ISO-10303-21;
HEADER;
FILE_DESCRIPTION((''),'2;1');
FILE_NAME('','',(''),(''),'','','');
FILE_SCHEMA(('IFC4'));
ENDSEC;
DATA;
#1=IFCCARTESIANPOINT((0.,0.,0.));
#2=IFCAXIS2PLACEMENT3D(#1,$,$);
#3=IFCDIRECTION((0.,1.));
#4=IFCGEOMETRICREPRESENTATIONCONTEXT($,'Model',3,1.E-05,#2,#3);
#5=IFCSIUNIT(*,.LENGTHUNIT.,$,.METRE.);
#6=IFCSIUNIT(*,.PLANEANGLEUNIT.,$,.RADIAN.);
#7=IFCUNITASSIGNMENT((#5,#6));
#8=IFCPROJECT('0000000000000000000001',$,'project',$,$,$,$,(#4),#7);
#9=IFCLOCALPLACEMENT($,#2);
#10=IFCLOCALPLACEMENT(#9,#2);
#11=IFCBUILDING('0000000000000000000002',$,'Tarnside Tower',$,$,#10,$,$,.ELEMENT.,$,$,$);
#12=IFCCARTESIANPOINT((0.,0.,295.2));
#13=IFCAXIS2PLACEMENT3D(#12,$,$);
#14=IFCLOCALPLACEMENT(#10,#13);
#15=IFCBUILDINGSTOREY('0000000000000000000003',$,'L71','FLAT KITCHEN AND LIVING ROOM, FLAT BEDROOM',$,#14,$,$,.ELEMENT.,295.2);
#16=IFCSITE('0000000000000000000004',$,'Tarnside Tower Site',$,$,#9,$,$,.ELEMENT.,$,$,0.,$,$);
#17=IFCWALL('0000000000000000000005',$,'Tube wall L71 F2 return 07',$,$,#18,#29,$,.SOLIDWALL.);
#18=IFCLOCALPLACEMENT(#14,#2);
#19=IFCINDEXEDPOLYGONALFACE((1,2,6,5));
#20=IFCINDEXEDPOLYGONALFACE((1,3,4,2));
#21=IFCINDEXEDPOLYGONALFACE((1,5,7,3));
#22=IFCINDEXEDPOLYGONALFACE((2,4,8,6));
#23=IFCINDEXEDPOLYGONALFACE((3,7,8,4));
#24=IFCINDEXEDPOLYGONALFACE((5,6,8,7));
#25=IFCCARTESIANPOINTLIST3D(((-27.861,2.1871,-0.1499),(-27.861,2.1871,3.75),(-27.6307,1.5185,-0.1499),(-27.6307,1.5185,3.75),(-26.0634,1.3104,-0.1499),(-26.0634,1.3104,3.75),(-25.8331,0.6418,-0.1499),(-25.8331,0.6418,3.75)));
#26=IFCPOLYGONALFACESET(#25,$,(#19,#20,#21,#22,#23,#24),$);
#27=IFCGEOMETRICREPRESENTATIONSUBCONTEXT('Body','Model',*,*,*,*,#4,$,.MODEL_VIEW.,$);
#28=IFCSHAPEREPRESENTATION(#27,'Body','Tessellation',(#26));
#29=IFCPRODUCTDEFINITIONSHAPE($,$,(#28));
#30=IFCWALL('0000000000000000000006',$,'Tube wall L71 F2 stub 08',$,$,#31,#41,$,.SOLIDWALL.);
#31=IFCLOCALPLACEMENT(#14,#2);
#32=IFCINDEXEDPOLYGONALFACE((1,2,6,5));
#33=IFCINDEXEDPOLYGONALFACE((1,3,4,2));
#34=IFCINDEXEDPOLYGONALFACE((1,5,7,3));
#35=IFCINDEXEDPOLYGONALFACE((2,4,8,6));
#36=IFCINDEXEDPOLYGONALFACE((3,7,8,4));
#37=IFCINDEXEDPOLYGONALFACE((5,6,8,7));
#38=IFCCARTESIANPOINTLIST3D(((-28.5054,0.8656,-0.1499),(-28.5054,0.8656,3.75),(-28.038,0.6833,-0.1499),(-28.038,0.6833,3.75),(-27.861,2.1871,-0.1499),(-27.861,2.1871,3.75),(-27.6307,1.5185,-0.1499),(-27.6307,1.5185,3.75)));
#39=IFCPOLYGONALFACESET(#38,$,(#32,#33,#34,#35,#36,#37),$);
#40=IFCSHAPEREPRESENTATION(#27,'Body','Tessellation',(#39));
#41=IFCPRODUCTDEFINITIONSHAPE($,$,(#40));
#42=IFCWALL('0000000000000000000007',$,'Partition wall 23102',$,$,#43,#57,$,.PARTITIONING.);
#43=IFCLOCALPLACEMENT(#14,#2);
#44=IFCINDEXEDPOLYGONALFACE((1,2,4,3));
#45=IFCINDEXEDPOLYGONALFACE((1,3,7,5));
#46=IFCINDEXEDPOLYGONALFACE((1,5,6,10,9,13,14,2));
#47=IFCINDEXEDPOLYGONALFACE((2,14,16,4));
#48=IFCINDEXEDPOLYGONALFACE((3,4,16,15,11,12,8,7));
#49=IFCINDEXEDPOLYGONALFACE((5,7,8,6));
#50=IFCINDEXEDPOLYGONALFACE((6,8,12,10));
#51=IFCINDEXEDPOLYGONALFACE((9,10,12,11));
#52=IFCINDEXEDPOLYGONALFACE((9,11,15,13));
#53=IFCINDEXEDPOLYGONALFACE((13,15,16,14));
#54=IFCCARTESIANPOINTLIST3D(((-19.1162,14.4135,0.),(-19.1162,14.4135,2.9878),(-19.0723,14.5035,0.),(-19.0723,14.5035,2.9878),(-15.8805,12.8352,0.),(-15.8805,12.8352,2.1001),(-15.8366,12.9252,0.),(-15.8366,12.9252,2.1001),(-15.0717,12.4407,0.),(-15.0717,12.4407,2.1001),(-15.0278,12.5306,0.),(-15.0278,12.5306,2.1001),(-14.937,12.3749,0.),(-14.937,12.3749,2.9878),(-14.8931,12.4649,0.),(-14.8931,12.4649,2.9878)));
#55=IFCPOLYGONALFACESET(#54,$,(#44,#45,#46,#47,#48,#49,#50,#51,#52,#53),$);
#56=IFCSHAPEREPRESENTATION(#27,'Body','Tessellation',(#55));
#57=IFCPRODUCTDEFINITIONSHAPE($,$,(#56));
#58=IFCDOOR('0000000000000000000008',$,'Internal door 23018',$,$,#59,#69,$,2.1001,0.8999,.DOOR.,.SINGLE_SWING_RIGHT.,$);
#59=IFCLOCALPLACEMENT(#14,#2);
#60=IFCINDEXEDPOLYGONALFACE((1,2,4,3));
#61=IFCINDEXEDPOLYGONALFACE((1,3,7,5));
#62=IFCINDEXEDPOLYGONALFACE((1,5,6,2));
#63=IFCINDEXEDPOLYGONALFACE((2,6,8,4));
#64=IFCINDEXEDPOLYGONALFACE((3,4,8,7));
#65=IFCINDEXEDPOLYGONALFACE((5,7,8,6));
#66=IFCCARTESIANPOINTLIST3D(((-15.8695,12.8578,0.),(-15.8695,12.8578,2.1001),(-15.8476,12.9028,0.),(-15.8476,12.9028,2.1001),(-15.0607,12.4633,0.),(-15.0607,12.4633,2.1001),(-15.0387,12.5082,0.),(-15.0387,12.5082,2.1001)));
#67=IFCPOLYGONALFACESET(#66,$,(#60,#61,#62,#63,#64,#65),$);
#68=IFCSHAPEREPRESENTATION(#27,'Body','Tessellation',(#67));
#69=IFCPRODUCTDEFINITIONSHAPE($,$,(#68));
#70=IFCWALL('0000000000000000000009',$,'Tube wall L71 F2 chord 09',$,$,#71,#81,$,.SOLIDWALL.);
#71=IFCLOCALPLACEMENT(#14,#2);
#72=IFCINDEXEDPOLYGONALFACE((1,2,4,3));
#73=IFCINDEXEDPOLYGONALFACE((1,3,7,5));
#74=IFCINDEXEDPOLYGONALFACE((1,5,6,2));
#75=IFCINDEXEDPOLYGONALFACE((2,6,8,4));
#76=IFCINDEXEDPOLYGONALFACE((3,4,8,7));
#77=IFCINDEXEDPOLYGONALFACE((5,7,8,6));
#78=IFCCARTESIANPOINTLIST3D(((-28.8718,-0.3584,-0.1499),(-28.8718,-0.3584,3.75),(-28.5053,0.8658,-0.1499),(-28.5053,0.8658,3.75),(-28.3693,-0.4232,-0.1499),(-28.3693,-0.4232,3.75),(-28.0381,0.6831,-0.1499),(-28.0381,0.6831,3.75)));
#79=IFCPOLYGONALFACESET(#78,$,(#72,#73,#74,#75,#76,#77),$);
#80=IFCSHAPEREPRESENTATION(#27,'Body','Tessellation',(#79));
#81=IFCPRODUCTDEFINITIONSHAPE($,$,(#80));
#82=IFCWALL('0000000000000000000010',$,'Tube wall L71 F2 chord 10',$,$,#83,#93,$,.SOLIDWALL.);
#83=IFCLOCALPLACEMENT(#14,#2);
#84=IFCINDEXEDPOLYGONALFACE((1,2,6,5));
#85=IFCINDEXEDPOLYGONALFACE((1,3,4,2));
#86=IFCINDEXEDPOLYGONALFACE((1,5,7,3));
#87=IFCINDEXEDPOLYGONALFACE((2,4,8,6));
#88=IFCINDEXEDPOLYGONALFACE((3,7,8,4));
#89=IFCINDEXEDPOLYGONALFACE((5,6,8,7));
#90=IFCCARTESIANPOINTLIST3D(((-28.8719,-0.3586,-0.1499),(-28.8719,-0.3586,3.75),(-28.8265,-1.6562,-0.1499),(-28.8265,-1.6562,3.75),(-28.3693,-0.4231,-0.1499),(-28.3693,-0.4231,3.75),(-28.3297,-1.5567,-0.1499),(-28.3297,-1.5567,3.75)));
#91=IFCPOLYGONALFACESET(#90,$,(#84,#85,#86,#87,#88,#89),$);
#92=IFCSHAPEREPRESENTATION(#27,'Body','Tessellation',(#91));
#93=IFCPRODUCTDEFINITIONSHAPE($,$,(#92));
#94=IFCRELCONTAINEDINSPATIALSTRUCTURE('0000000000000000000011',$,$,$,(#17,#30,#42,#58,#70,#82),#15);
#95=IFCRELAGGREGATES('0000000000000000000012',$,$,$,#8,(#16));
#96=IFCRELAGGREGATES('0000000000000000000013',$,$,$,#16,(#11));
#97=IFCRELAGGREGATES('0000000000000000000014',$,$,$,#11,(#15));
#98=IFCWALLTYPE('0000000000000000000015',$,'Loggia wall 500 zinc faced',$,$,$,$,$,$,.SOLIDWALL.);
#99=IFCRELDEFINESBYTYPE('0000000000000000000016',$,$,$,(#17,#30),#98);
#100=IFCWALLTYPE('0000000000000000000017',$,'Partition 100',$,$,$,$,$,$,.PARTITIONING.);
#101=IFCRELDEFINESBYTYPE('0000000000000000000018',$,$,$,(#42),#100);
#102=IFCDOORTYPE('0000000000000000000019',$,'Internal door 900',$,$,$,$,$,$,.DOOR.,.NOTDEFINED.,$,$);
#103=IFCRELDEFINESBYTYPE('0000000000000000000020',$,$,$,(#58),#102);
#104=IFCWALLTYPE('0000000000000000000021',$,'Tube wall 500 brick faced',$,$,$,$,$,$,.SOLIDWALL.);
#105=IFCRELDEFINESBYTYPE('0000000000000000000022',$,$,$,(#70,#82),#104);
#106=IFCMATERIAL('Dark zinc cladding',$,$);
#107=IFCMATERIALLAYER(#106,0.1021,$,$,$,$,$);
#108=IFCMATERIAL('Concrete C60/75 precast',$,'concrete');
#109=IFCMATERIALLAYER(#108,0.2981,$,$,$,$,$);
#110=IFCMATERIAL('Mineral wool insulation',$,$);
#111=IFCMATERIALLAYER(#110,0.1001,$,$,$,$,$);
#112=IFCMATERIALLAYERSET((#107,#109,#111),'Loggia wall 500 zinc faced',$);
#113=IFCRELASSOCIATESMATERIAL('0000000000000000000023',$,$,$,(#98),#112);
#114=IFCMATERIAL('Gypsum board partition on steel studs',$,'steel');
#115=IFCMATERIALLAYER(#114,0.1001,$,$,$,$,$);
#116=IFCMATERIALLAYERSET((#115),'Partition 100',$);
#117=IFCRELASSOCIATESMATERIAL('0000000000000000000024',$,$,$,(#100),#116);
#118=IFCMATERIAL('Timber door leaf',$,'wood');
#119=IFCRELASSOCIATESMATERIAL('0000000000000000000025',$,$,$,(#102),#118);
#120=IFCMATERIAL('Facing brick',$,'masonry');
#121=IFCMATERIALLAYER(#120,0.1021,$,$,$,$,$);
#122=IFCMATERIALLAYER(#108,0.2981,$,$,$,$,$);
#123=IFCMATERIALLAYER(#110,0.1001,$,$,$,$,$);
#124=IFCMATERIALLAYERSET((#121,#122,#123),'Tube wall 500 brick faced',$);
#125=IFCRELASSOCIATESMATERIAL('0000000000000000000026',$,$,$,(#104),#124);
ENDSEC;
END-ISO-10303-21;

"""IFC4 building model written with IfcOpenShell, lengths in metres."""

from ifc_helpers import new_model, si_unit, direction, frame, frame_2d, origin, place, context, subcontext, project, spatial, polyline, rectangle, outline, extrude, material, layer, layer_set, type_object, element, fill, save


model = new_model("IFC4")

# Units and contexts
model_context = context("Model", 3, precision=1e-05, world=origin(), true_north=direction((0.0, 1.0)))
body_context = subcontext(model_context, "Body", "Model", "MODEL_VIEW")
ifc_project = project(units=[si_unit("LENGTHUNIT", "METRE"), si_unit("PLANEANGLEUNIT", "RADIAN")], contexts=[model_context])

# Site, building, storey
site_placement = place(None, origin())
site = spatial("IfcSite", under=ifc_project, at=site_placement, Name="Tarnside Tower Site", CompositionType="ELEMENT", RefElevation=0.0)
building_placement = place(site_placement, origin())
building = spatial("IfcBuilding", under=site, at=building_placement, Name="Tarnside Tower", CompositionType="ELEMENT")
storey_placement = place(building_placement, frame((0.0, 0.0, 295.2)))
storey = spatial("IfcBuildingStorey", under=building, at=storey_placement, Name="L71", Description="FLAT KITCHEN AND LIVING ROOM, FLAT BEDROOM", CompositionType="ELEMENT", Elevation=295.2)

# Shared definitions
ifc_material_1 = material(Name="Gypsum board partition on steel studs", Category="steel")

# Shared definitions
ifc_material_2 = material(Name="Timber door leaf", Category="wood")

# Walls
ifc_material_3 = material(Name="Dark zinc cladding")
ifc_layer_1 = layer(ifc_material_3, 0.1021)
ifc_material_4 = material(Name="Concrete C60/75 precast", Category="concrete")
ifc_layer_2 = layer(ifc_material_4, 0.2981)
ifc_material_5 = material(Name="Mineral wool insulation")
ifc_layer_3 = layer(ifc_material_5, 0.1001)
ifc_layer_set_1 = layer_set([ifc_layer_1, ifc_layer_2, ifc_layer_3], Name="Loggia wall 500 zinc faced")
wall_type_1 = type_object("IfcWallType", Name="Loggia wall 500 zinc faced", PredefinedType="SOLIDWALL", material=ifc_layer_set_1)
wall_1_placement = place(storey_placement, frame((-25.9482, 0.9761, -0.1499), z_axis=(0.0, 0.0, 1.0), x_axis=(-0.898802, 0.438354, 0.0)))
element("IfcWall", 1, at=wall_1_placement, inside=storey, type_object=wall_type_1, Name="Tube wall L71 F2 return 07", PredefinedType="SOLIDWALL", context=body_context, shape_type="SweptSolid", body=[
    extrude(outline(polyline([(0.25, -0.25), (2.25, -0.25), (1.75, 0.25), (-0.25, 0.25), (0.25, -0.25)])), origin(), (0.0, 0.0, 1.0), 3.8999),
])
wall_2_placement = place(storey_placement, frame((-27.7458, 1.8528, -0.1499), z_axis=(0.0, 0.0, 1.0), x_axis=(-0.438319, -0.898819, 0.0)))
element("IfcWall", 2, at=wall_2_placement, inside=storey, type_object=wall_type_1, Name="Tube wall L71 F2 stub 08", PredefinedType="SOLIDWALL", context=body_context, shape_type="SweptSolid", body=[
    extrude(outline(polyline([(-0.25, -0.25), (1.2202, -0.25), (1.1792, 0.25), (0.25, 0.25), (-0.25, -0.25)])), origin(), (0.0, 0.0, 1.0), 3.8999),
])

# Wall, opening, door
ifc_layer_4 = layer(ifc_material_1, 0.1001)
ifc_layer_set_2 = layer_set([ifc_layer_4], Name="Partition 100")
wall_type_2 = type_object("IfcWallType", Name="Partition 100", PredefinedType="PARTITIONING", material=ifc_layer_set_2)
wall_3_placement = place(storey_placement, frame((-14.915, 12.4199, 0.0), z_axis=(0.0, 0.0, 1.0), x_axis=(-0.898773, 0.438413, 0.0)))
wall_3 = element("IfcWall", 3, at=wall_3_placement, inside=storey, type_object=wall_type_2, Name="Partition wall 23102", PredefinedType="PARTITIONING", context=body_context, shape_type="SweptSolid", body=[
    extrude(rectangle(XDim=4.6499, YDim=0.1001, at=frame_2d((2.325, 0.0))), origin(), (0.0, 0.0, 1.0), 2.9878),
])
opening_1_placement = place(wall_3_placement, frame((0.1499, 0.0, 0.0)))
opening_1 = element("IfcOpeningElement", 4, at=opening_1_placement, cuts=wall_3, PredefinedType="OPENING", context=body_context, shape_type="SweptSolid", body=[
    extrude(rectangle(XDim=0.8999, YDim=2.1001, at=frame_2d((0.45, 1.05))), frame((0.0, 0.0601, 0.0), z_axis=(0.0, -1.0, 0.0), x_axis=(1.0, 0.0, 0.0)), (0.0, 0.0, 1.0), 0.1201),
])
door_type_1 = type_object("IfcDoorType", Name="Internal door 900", OperationType="NOTDEFINED", PredefinedType="DOOR", material=ifc_material_2)
door_1_placement = place(opening_1_placement, origin())
door_1 = element("IfcDoor", 5, at=door_1_placement, inside=storey, type_object=door_type_1, Name="Internal door 23018", OperationType="SINGLE_SWING_RIGHT", OverallHeight=2.1001, OverallWidth=0.8999, PredefinedType="DOOR", context=body_context, shape_type="SweptSolid", body=[
    extrude(rectangle(XDim=0.8999, YDim=2.1001, at=frame_2d((0.45, 1.05))), frame((0.0, 0.0249, 0.0), z_axis=(0.0, -1.0, 0.0), x_axis=(1.0, 0.0, 0.0)), (0.0, 0.0, 1.0), 0.05),
])
fill(opening_1, door_1)

# Walls
ifc_material_6 = material(Name="Facing brick", Category="masonry")
ifc_layer_5 = layer(ifc_material_6, 0.1021)
ifc_layer_6 = layer(ifc_material_4, 0.2981)
ifc_layer_7 = layer(ifc_material_5, 0.1001)
ifc_layer_set_3 = layer_set([ifc_layer_5, ifc_layer_6, ifc_layer_7], Name="Tube wall 500 brick faced")
wall_type_3 = type_object("IfcWallType", Name="Tube wall 500 brick faced", PredefinedType="SOLIDWALL", material=ifc_layer_set_3)
wall_4_placement = place(storey_placement, frame((-28.2717, 0.7744, -0.1499), z_axis=(0.0, 0.0, 1.0), x_axis=(-0.286814, -0.957986, 0.0)))
element("IfcWall", 6, at=wall_4_placement, inside=storey, type_object=wall_type_3, Name="Tube wall L71 F2 chord 09", PredefinedType="SOLIDWALL", context=body_context, shape_type="SweptSolid", body=[
    extrude(outline(polyline([(-0.0205, -0.25), (1.2573, -0.25), (1.1753, 0.25), (0.0205, 0.25), (-0.0205, -0.25)])), origin(), (0.0, 0.0, 1.0), 3.8999),
])
wall_5_placement = place(storey_placement, frame((-28.6206, -0.3909, -0.1499), z_axis=(0.0, 0.0, 1.0), x_axis=(0.034925, -0.99939, 0.0)))
element("IfcWall", 7, at=wall_5_placement, inside=storey, type_object=wall_type_3, Name="Tube wall L71 F2 chord 10", PredefinedType="SOLIDWALL", context=body_context, shape_type="SweptSolid", body=[
    extrude(outline(polyline([(-0.041, -0.25), (1.2573, -0.25), (1.1753, 0.25), (0.041, 0.25), (-0.041, -0.25)])), origin(), (0.0, 0.0, 1.0), 3.8999),
])

save(model, "model.ifc")
